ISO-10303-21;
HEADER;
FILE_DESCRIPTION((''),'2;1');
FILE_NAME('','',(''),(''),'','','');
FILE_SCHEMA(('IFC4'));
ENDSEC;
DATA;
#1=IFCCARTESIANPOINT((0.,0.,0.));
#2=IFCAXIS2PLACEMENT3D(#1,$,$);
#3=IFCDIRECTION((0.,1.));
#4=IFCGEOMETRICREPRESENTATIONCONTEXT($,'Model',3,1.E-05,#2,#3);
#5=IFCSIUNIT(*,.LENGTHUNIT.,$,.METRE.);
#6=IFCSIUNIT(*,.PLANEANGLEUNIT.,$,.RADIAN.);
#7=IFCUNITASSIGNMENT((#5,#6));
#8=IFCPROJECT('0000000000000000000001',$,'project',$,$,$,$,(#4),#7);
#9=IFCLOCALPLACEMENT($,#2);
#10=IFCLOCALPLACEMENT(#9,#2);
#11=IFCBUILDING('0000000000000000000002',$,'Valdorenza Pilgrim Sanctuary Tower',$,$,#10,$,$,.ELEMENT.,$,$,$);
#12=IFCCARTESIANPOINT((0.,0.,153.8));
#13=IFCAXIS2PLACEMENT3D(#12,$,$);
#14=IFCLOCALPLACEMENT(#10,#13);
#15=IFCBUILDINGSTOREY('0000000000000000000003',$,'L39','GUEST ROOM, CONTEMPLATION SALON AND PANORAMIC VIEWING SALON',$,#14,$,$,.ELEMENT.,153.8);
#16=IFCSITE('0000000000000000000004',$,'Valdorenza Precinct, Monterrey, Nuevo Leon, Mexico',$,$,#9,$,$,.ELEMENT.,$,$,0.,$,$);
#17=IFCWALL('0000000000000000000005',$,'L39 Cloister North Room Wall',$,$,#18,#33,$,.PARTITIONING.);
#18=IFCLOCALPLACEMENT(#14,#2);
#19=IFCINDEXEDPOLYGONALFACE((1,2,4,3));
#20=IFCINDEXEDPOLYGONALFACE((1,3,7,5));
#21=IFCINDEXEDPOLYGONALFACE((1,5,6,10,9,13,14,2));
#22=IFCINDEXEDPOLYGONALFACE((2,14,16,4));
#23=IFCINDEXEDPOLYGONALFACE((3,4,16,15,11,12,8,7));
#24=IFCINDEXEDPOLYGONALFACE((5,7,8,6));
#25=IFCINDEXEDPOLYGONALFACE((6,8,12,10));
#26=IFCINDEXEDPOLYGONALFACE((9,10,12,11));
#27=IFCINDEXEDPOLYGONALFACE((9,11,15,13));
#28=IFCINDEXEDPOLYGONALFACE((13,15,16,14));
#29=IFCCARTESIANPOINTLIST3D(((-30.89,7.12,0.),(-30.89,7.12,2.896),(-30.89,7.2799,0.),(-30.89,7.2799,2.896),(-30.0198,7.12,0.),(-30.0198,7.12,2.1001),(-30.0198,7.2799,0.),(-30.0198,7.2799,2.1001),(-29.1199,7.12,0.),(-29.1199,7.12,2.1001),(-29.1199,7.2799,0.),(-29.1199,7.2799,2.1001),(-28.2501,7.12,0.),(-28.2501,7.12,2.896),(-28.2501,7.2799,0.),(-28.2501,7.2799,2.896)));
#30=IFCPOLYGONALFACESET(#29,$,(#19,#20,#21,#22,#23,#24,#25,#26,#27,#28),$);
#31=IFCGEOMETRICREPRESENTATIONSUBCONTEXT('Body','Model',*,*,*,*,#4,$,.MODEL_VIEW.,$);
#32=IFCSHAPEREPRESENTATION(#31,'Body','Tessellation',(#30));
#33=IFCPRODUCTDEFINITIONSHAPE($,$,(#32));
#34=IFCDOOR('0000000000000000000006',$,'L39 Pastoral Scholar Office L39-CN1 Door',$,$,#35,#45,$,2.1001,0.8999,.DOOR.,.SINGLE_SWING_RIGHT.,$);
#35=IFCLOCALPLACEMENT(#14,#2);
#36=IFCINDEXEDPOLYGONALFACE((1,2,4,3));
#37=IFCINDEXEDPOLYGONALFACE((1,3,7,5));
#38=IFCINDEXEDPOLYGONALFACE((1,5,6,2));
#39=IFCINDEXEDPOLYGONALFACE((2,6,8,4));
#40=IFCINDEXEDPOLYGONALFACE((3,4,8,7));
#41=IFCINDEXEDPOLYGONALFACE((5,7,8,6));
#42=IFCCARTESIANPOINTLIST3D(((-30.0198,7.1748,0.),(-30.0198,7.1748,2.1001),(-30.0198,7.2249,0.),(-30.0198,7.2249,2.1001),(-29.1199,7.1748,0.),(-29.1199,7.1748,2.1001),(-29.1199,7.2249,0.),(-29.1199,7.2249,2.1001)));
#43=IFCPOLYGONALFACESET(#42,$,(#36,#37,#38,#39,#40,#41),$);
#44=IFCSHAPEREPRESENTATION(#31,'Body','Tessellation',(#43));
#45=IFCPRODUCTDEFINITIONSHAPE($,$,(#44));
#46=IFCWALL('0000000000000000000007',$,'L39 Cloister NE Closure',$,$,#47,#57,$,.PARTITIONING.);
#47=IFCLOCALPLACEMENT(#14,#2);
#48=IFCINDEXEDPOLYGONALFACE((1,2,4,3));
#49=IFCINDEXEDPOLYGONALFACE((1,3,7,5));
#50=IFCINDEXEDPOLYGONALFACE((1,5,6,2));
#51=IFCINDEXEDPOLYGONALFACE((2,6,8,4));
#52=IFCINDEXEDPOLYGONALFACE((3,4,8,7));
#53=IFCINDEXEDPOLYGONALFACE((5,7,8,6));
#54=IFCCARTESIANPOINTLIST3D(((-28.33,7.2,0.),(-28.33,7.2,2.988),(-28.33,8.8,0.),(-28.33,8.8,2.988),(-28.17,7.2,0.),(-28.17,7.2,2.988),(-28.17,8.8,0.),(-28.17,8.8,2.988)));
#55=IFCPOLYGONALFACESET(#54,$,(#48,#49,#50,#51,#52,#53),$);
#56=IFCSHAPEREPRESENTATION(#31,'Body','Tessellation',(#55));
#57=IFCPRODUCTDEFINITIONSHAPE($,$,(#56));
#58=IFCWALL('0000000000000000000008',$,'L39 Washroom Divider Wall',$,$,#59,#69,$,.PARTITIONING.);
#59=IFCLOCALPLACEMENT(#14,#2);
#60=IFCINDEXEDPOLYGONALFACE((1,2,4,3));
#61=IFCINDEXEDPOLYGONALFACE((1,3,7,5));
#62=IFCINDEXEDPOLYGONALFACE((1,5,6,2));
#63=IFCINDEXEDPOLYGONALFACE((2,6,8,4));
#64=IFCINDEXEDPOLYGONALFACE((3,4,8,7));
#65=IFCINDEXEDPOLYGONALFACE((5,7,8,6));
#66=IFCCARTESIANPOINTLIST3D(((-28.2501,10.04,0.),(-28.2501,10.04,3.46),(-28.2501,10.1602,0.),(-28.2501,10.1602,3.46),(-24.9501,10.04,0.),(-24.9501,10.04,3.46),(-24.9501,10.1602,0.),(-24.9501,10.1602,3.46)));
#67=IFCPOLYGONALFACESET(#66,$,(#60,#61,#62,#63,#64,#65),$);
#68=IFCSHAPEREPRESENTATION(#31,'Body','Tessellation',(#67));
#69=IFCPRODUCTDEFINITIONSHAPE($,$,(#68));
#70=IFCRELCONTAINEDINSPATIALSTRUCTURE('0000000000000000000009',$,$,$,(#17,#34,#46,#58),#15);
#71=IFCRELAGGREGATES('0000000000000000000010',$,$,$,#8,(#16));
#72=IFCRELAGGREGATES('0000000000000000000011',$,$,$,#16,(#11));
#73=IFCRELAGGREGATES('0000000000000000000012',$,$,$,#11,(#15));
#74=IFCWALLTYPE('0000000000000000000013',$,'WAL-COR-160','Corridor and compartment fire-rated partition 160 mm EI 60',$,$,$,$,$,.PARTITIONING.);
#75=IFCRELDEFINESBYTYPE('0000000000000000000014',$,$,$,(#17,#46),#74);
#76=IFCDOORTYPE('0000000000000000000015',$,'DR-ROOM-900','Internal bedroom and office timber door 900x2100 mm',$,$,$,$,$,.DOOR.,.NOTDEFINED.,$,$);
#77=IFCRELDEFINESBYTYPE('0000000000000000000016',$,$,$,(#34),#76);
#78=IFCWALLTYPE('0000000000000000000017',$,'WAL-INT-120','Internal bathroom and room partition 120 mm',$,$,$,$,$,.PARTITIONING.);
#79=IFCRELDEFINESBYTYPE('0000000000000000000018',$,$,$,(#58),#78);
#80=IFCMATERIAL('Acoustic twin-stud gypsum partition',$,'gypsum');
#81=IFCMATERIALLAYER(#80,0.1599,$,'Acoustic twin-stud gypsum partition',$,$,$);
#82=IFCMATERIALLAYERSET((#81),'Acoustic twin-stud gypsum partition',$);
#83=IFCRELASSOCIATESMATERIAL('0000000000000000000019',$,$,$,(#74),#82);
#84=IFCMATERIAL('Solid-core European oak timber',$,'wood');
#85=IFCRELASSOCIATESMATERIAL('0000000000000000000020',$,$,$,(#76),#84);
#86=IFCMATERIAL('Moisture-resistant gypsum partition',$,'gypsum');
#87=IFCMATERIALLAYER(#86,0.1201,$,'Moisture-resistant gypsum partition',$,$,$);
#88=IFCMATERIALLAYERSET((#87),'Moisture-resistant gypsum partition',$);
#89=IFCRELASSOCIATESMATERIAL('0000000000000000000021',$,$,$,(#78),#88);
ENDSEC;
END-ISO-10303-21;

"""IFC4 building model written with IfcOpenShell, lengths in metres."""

from ifc_helpers import new_model, si_unit, direction, frame, frame_2d, origin, place, context, subcontext, project, spatial, rectangle, extrude, material, layer, layer_set, type_object, element, fill, save


model = new_model("IFC4")

# Units and contexts
model_context = context("Model", 3, precision=1e-05, world=origin(), true_north=direction((0.0, 1.0)))
body_context = subcontext(model_context, "Body", "Model", "MODEL_VIEW")
ifc_project = project(units=[si_unit("LENGTHUNIT", "METRE"), si_unit("PLANEANGLEUNIT", "RADIAN")], contexts=[model_context])

# Site, building, storey
site_placement = place(None, origin())
site = spatial("IfcSite", under=ifc_project, at=site_placement, Name="Valdorenza Precinct, Monterrey, Nuevo Leon, Mexico", CompositionType="ELEMENT", RefElevation=0.0)
building_placement = place(site_placement, origin())
building = spatial("IfcBuilding", under=site, at=building_placement, Name="Valdorenza Pilgrim Sanctuary Tower", CompositionType="ELEMENT")
storey_placement = place(building_placement, frame((0.0, 0.0, 153.8)))
storey = spatial("IfcBuildingStorey", under=building, at=storey_placement, Name="L39", Description="GUEST ROOM, CONTEMPLATION SALON AND PANORAMIC VIEWING SALON", CompositionType="ELEMENT", Elevation=153.8)

# Shared definitions
ifc_material_1 = material(Name="Acoustic twin-stud gypsum partition", Category="gypsum")
ifc_layer_1 = layer(ifc_material_1, 0.1599, Name="Acoustic twin-stud gypsum partition")
ifc_layer_set_1 = layer_set([ifc_layer_1], Name="Acoustic twin-stud gypsum partition")
wall_type_1 = type_object("IfcWallType", Name="WAL-COR-160", Description="Corridor and compartment fire-rated partition 160 mm EI 60", PredefinedType="PARTITIONING", material=ifc_layer_set_1)

# Wall, opening, door
wall_1_placement = place(storey_placement, frame((-30.8899, 7.2, 0.0), z_axis=(0.0, 0.0, 1.0), x_axis=(1.0, 0.0, 0.0)))
wall_1 = element("IfcWall", 1, at=wall_1_placement, inside=storey, type_object=wall_type_1, Name="L39 Cloister North Room Wall", PredefinedType="PARTITIONING", context=body_context, shape_type="SweptSolid", body=[
    extrude(rectangle(XDim=2.6399, YDim=0.1599, at=frame_2d((1.3198, 0.0))), origin(), (0.0, 0.0, 1.0), 2.896),
])
opening_placement = place(wall_1_placement, frame((0.8701, 0.0, 0.0)))
opening = element("IfcOpeningElement", 2, at=opening_placement, cuts=wall_1, PredefinedType="OPENING", context=body_context, shape_type="SweptSolid", body=[
    extrude(rectangle(XDim=0.8999, YDim=2.1001, at=frame_2d((0.45, 1.05))), frame((0.0, 0.0947, 0.0), z_axis=(0.0, -1.0, 0.0), x_axis=(1.0, 0.0, 0.0)), (0.0, 0.0, 1.0), 0.1897),
])
ifc_material_2 = material(Name="Solid-core European oak timber", Category="wood")
door_type = type_object("IfcDoorType", Name="DR-ROOM-900", Description="Internal bedroom and office timber door 900x2100 mm", OperationType="NOTDEFINED", PredefinedType="DOOR", material=ifc_material_2)
door_placement = place(opening_placement, origin())
door = element("IfcDoor", 3, at=door_placement, inside=storey, type_object=door_type, Name="L39 Pastoral Scholar Office L39-CN1 Door", OperationType="SINGLE_SWING_RIGHT", OverallHeight=2.1001, OverallWidth=0.8999, PredefinedType="DOOR", context=body_context, shape_type="SweptSolid", body=[
    extrude(rectangle(XDim=0.8999, YDim=2.1001, at=frame_2d((0.45, 1.05))), frame((0.0, 0.0249, 0.0), z_axis=(0.0, -1.0, 0.0), x_axis=(1.0, 0.0, 0.0)), (0.0, 0.0, 1.0), 0.05),
])
fill(opening, door)

# Walls
wall_2_placement = place(storey_placement, frame((-28.25, 7.2, 0.0), z_axis=(0.0, 0.0, 1.0), x_axis=(0.0, 1.0, 0.0)))
element("IfcWall", 4, at=wall_2_placement, inside=storey, type_object=wall_type_1, Name="L39 Cloister NE Closure", PredefinedType="PARTITIONING", context=body_context, shape_type="SweptSolid", body=[
    extrude(rectangle(XDim=1.6001, YDim=0.1599, at=frame_2d((0.8, 0.0))), origin(), (0.0, 0.0, 1.0), 2.988),
])
ifc_material_3 = material(Name="Moisture-resistant gypsum partition", Category="gypsum")
ifc_layer_2 = layer(ifc_material_3, 0.1201, Name="Moisture-resistant gypsum partition")
ifc_layer_set_2 = layer_set([ifc_layer_2], Name="Moisture-resistant gypsum partition")
wall_type_2 = type_object("IfcWallType", Name="WAL-INT-120", Description="Internal bathroom and room partition 120 mm", PredefinedType="PARTITIONING", material=ifc_layer_set_2)
wall_3_placement = place(storey_placement, frame((-28.25, 10.1001, 0.0), z_axis=(0.0, 0.0, 1.0), x_axis=(1.0, 0.0, 0.0)))
element("IfcWall", 5, at=wall_3_placement, inside=storey, type_object=wall_type_2, Name="L39 Washroom Divider Wall", PredefinedType="PARTITIONING", context=body_context, shape_type="SweptSolid", body=[
    extrude(rectangle(XDim=3.3, YDim=0.1201, at=frame_2d((1.6499, 0.0))), origin(), (0.0, 0.0, 1.0), 3.46),
])

save(model, "model.ifc")
